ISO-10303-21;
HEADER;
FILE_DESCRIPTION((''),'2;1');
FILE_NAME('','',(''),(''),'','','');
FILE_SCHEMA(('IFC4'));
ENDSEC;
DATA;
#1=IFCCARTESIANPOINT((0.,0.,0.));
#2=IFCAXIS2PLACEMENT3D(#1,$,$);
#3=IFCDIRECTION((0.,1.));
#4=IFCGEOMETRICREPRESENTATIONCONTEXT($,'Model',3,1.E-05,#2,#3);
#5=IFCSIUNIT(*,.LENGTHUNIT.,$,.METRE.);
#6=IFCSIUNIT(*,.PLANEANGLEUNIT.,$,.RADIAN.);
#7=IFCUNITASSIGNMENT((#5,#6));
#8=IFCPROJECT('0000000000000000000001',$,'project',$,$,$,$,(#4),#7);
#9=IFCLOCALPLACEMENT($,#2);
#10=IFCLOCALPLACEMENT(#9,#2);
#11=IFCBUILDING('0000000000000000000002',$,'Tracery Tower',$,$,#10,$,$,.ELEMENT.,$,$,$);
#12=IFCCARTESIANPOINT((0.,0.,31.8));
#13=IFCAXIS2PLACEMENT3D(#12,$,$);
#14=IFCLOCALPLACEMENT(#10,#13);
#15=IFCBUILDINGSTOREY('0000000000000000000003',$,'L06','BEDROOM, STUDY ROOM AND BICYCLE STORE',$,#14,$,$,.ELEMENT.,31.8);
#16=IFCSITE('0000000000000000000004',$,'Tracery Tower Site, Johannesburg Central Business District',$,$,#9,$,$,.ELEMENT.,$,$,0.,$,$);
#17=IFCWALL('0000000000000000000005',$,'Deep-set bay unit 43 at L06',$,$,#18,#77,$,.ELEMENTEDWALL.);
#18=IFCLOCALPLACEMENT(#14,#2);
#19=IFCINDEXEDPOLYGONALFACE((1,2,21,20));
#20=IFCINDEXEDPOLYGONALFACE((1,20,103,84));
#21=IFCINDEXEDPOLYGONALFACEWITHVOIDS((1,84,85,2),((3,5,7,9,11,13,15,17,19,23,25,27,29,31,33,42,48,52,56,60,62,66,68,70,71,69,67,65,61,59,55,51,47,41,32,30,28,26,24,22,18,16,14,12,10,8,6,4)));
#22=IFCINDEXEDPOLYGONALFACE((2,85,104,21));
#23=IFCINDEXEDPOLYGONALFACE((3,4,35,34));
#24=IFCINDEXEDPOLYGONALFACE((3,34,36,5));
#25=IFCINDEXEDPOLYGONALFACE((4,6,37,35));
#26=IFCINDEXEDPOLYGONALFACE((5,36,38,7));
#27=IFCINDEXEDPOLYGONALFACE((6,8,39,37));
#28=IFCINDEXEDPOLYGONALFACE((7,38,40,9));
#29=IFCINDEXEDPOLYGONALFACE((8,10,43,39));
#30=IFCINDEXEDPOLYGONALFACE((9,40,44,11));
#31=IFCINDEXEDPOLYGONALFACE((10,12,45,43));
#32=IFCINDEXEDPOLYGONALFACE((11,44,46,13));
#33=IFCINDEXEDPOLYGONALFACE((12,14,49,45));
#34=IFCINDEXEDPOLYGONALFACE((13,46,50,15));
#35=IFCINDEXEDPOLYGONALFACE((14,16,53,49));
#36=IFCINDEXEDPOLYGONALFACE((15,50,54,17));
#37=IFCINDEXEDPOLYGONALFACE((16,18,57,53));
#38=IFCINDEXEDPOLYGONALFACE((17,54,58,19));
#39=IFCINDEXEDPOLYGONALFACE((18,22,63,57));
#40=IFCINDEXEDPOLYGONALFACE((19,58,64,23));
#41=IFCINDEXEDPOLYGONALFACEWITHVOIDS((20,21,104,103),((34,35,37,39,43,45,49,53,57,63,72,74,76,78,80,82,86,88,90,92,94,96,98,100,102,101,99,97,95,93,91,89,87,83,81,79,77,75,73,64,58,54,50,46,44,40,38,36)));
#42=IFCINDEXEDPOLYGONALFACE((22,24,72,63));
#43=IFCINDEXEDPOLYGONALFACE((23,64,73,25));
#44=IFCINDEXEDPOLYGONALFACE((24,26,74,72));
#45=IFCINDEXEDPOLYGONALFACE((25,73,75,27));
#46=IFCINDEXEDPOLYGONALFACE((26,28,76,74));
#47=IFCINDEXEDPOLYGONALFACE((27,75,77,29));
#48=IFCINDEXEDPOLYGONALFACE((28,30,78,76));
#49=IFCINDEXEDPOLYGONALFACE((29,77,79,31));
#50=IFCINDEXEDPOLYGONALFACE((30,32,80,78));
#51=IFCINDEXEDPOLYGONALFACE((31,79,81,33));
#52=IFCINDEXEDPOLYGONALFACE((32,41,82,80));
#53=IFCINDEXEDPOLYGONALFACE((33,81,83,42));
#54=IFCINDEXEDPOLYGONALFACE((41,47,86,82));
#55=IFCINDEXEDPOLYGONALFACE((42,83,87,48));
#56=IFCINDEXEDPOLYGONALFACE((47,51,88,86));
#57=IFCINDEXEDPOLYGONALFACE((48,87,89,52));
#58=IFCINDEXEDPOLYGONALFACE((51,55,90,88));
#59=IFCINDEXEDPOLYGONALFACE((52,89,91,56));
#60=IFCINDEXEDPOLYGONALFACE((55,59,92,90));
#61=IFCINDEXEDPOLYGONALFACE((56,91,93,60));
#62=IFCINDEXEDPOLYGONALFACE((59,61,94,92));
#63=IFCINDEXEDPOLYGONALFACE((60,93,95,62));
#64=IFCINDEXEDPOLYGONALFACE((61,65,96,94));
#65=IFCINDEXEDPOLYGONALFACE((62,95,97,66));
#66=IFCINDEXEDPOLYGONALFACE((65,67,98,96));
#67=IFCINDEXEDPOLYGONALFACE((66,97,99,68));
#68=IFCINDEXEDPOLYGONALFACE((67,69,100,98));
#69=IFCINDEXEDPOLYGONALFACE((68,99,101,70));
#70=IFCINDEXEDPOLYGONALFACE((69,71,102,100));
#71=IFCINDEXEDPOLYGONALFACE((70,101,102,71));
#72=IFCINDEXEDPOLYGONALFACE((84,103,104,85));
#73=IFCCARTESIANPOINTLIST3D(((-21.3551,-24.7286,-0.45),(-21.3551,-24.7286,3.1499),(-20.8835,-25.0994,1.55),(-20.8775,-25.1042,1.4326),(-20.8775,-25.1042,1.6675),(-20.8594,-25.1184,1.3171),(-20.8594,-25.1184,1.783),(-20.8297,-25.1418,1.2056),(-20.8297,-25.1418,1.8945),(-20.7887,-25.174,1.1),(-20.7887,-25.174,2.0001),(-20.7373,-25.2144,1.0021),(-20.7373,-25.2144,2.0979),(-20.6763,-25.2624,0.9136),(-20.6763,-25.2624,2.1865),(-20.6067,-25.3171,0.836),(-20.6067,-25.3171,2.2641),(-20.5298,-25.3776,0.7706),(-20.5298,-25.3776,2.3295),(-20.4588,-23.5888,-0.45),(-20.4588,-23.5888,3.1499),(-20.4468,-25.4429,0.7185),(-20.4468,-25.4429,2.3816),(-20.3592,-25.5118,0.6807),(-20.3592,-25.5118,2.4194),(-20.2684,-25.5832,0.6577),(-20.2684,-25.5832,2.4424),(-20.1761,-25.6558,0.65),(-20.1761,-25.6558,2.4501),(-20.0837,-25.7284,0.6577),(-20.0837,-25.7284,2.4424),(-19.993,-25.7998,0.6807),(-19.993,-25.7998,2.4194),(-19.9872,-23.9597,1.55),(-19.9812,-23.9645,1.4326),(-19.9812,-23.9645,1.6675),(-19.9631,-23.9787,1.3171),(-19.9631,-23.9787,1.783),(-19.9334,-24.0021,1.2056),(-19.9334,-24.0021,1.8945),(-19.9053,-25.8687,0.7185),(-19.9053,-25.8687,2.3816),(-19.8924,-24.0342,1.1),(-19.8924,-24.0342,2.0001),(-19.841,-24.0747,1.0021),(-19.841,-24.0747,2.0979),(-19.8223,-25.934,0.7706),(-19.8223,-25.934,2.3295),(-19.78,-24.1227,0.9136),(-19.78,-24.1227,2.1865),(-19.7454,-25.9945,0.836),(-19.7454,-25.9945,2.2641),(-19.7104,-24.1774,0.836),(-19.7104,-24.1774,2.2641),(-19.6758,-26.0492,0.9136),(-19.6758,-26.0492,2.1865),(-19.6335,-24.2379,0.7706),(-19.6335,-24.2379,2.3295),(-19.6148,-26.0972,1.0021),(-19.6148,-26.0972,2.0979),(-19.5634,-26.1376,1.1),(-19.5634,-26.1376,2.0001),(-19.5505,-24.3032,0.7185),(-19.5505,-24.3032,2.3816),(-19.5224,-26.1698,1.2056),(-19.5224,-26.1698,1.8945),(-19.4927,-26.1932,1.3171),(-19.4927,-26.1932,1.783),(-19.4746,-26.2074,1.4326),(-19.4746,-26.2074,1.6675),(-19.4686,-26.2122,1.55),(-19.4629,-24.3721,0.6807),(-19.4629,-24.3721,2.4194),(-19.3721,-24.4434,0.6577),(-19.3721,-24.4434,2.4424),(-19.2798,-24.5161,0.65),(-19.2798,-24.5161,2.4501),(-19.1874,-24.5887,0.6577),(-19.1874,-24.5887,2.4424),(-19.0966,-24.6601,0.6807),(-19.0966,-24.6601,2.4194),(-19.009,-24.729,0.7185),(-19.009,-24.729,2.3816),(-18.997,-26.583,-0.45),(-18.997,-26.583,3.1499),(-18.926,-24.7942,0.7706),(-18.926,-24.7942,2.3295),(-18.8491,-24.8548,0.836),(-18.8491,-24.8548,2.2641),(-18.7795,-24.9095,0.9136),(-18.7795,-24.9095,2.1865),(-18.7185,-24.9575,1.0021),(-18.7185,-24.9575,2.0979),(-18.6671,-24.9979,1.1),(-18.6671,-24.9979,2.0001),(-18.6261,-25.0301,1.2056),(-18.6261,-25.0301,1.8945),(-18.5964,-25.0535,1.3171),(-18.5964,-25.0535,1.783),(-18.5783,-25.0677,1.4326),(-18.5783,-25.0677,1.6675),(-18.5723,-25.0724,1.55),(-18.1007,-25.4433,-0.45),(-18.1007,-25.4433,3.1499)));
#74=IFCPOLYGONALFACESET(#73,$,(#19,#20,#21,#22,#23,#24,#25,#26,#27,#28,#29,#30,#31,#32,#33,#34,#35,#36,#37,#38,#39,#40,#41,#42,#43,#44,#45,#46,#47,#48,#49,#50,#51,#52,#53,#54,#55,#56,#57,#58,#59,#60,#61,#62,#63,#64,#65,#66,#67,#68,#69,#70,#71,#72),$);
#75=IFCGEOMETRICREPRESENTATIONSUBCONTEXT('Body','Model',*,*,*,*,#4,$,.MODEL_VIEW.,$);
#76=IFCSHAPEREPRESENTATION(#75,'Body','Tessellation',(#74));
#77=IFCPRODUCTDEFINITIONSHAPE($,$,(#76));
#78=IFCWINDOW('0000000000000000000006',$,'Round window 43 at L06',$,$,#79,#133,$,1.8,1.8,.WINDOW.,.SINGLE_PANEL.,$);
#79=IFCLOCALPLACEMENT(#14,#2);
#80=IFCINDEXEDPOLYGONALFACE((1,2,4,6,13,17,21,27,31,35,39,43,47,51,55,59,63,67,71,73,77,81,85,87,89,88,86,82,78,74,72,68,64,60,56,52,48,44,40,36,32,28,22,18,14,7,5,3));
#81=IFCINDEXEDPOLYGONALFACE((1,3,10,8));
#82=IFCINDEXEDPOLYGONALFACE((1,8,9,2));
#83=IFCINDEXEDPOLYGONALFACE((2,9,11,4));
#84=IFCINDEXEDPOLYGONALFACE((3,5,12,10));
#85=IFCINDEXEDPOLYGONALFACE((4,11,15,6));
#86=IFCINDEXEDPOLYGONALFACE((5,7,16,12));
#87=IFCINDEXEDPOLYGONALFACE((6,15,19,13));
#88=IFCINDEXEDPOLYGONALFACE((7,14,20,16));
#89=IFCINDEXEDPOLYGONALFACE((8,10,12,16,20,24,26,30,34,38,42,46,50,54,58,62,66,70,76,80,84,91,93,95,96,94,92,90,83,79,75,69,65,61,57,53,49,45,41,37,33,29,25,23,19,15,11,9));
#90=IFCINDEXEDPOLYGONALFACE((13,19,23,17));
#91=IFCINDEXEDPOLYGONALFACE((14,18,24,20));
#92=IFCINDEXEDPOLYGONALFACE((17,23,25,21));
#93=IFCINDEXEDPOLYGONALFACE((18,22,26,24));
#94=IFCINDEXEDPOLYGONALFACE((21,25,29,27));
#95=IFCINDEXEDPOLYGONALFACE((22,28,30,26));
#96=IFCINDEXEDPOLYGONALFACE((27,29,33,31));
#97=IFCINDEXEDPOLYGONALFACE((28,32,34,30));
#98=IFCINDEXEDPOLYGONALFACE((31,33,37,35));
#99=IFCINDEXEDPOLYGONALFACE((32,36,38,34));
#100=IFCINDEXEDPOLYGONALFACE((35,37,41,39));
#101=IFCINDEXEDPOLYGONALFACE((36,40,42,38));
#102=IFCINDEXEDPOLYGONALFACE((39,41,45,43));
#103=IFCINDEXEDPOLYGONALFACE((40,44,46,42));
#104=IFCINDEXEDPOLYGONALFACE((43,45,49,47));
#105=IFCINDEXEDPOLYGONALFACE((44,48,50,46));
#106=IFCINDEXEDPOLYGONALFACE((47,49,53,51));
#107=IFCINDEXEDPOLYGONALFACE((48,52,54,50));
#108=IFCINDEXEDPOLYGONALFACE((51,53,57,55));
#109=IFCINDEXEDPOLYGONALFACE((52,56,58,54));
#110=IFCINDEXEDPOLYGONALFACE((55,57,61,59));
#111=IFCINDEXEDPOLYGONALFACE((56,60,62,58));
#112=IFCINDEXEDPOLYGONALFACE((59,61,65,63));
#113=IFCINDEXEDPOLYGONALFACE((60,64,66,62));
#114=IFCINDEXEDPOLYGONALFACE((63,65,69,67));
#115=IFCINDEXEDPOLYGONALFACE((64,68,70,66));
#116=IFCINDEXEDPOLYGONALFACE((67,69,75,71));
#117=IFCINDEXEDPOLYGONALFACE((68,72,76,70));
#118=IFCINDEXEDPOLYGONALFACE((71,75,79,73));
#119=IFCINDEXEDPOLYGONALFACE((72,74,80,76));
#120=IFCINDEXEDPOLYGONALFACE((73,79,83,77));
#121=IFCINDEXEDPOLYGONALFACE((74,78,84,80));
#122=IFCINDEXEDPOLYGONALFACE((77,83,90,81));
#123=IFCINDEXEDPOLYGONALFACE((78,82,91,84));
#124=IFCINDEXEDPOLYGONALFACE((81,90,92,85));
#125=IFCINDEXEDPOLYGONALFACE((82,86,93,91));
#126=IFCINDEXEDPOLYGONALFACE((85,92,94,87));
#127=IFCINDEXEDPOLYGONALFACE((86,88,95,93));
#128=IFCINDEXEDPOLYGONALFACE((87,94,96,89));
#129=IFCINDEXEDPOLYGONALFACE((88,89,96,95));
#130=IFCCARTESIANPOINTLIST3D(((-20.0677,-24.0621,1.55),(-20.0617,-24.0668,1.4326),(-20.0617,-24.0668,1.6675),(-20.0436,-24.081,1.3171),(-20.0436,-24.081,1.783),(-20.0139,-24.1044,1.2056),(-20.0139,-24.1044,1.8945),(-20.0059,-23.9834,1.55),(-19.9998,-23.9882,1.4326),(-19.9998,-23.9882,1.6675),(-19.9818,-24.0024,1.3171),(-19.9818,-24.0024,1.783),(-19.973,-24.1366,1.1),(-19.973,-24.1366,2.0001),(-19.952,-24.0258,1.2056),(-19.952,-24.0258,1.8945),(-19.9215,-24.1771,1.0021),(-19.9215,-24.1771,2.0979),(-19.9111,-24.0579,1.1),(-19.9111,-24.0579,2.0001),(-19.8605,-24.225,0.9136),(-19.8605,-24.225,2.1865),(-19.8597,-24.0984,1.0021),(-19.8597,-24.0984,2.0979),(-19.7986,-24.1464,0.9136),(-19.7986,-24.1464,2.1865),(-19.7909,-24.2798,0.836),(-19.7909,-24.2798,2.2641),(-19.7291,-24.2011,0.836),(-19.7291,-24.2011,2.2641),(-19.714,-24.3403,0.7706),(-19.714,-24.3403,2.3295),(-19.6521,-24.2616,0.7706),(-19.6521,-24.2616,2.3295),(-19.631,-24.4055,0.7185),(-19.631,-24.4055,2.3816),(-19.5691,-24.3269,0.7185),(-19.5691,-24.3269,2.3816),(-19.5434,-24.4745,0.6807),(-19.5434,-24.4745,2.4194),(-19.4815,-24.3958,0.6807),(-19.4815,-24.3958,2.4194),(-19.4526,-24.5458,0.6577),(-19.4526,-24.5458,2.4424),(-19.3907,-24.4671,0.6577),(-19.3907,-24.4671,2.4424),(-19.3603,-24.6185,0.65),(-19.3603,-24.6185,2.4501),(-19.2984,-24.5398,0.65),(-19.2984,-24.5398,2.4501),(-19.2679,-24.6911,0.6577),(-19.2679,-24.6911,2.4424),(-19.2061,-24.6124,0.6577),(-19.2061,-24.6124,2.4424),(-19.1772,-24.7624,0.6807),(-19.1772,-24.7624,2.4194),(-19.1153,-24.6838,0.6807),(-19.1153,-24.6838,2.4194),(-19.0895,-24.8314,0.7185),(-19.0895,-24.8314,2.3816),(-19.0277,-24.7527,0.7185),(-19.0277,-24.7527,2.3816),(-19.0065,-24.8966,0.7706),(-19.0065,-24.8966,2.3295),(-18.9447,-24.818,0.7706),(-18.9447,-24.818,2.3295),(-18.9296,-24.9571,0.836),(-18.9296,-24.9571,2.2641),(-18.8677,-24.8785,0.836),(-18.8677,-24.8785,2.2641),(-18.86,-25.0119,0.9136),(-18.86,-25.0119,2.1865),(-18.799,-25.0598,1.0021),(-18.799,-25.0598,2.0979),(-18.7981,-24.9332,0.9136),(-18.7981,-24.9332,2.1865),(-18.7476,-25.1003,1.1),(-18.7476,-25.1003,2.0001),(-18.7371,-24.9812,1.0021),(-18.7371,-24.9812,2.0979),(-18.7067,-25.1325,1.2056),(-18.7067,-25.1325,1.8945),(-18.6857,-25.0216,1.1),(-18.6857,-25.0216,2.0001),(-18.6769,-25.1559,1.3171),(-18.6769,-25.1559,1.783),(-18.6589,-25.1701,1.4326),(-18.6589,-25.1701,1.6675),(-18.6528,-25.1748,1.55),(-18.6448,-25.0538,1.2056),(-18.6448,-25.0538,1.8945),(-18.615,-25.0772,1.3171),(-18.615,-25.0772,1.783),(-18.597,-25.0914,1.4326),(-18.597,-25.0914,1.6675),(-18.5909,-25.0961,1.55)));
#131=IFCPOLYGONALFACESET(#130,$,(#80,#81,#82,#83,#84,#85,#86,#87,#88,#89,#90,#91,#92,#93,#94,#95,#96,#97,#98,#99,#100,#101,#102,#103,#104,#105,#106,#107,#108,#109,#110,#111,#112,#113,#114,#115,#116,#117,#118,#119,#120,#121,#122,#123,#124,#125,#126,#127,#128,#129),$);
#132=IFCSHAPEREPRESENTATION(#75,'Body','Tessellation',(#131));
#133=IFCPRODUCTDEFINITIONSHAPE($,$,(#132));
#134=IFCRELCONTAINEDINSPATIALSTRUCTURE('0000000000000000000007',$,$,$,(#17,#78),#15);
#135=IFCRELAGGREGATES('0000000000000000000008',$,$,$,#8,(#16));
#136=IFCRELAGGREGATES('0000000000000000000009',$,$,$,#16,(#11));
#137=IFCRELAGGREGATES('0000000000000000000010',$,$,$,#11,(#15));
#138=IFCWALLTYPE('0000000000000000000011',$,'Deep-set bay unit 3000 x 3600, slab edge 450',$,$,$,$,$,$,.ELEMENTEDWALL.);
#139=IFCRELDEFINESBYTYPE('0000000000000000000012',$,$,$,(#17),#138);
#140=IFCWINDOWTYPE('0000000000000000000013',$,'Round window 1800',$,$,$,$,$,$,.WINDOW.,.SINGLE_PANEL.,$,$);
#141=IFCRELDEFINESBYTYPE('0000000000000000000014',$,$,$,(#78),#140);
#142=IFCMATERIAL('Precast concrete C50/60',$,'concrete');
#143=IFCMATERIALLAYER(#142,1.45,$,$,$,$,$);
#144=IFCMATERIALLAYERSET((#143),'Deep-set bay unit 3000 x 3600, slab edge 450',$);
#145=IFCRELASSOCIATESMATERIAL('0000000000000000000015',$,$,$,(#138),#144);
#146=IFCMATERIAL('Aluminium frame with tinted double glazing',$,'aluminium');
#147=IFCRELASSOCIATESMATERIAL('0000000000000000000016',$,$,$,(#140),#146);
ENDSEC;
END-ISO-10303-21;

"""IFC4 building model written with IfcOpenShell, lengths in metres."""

from ifc_helpers import new_model, si_unit, direction, frame, frame_2d, origin, origin_2d, place, context, subcontext, project, spatial, rectangle, circle, extrude, material, layer, layer_set, type_object, element, fill, save


model = new_model("IFC4")

# Units and contexts
model_context = context("Model", 3, precision=1e-05, world=origin(), true_north=direction((0.0, 1.0)))
body_context = subcontext(model_context, "Body", "Model", "MODEL_VIEW")
ifc_project = project(units=[si_unit("LENGTHUNIT", "METRE"), si_unit("PLANEANGLEUNIT", "RADIAN")], contexts=[model_context])

# Site, building, storey
site_placement = place(None, origin())
site = spatial("IfcSite", under=ifc_project, at=site_placement, Name="Tracery Tower Site, Johannesburg Central Business District", CompositionType="ELEMENT", RefElevation=0.0)
building_placement = place(site_placement, origin())
building = spatial("IfcBuilding", under=site, at=building_placement, Name="Tracery Tower", CompositionType="ELEMENT")
storey_placement = place(building_placement, frame((0.0, 0.0, 31.8)))
storey = spatial("IfcBuildingStorey", under=building, at=storey_placement, Name="L06", Description="BEDROOM, STUDY ROOM AND BICYCLE STORE", CompositionType="ELEMENT", Elevation=31.8)

# Wall, opening, window
ifc_material_1 = material(Name="Precast concrete C50/60", Category="concrete")
ifc_layer_1 = layer(ifc_material_1, 1.45)
ifc_layer_set_1 = layer_set([ifc_layer_1], Name="Deep-set bay unit 3000 x 3600, slab edge 450")
wall_type_1 = type_object("IfcWallType", Name="Deep-set bay unit 3000 x 3600, slab edge 450", PredefinedType="ELEMENTEDWALL", material=ifc_layer_set_1)
ifc_material_2 = material(Name="Aluminium frame with tinted double glazing", Category="aluminium")
window_type = type_object("IfcWindowType", Name="Round window 1800", PartitioningType="SINGLE_PANEL", PredefinedType="WINDOW", material=ifc_material_2)
wall_1_placement = place(storey_placement, frame((-20.907, -24.1587, -0.45), z_axis=(0.0, 0.0, 1.0), x_axis=(0.78605, -0.618163, 0.0)))
wall_1 = element("IfcWall", 1, at=wall_1_placement, inside=storey, type_object=wall_type_1, Name="Deep-set bay unit 43 at L06", PredefinedType="ELEMENTEDWALL", context=body_context, shape_type="SweptSolid", body=[
    extrude(rectangle(XDim=3.0, YDim=1.45, at=frame_2d((1.5, 0.0))), origin(), (0.0, 0.0, 1.0), 3.5999),
])
opening_1_placement = place(wall_1_placement, frame((1.5, 0.0, 2.0)))
opening_1 = element("IfcOpeningElement", 2, at=opening_1_placement, cuts=wall_1, PredefinedType="OPENING", context=body_context, shape_type="SweptSolid", body=[
    extrude(circle(Radius=0.9, at=origin_2d()), frame((0.0, 0.7349, 0.0), z_axis=(0.0, -1.0, 0.0), x_axis=(1.0, 0.0, 0.0)), (0.0, 0.0, 1.0), 1.47),
])
window_1_placement = place(opening_1_placement, origin())
window_1 = element("IfcWindow", 3, at=window_1_placement, inside=storey, type_object=window_type, Name="Round window 43 at L06", OverallHeight=1.8, OverallWidth=1.8, PartitioningType="SINGLE_PANEL", PredefinedType="WINDOW", context=body_context, shape_type="SweptSolid", body=[
    extrude(circle(Radius=0.9, at=origin_2d()), frame((0.0, 0.6948, 0.0), z_axis=(0.0, -1.0, 0.0), x_axis=(1.0, 0.0, 0.0)), (0.0, 0.0, 1.0), 0.1001),
])
fill(opening_1, window_1)

save(model, "model.ifc")
